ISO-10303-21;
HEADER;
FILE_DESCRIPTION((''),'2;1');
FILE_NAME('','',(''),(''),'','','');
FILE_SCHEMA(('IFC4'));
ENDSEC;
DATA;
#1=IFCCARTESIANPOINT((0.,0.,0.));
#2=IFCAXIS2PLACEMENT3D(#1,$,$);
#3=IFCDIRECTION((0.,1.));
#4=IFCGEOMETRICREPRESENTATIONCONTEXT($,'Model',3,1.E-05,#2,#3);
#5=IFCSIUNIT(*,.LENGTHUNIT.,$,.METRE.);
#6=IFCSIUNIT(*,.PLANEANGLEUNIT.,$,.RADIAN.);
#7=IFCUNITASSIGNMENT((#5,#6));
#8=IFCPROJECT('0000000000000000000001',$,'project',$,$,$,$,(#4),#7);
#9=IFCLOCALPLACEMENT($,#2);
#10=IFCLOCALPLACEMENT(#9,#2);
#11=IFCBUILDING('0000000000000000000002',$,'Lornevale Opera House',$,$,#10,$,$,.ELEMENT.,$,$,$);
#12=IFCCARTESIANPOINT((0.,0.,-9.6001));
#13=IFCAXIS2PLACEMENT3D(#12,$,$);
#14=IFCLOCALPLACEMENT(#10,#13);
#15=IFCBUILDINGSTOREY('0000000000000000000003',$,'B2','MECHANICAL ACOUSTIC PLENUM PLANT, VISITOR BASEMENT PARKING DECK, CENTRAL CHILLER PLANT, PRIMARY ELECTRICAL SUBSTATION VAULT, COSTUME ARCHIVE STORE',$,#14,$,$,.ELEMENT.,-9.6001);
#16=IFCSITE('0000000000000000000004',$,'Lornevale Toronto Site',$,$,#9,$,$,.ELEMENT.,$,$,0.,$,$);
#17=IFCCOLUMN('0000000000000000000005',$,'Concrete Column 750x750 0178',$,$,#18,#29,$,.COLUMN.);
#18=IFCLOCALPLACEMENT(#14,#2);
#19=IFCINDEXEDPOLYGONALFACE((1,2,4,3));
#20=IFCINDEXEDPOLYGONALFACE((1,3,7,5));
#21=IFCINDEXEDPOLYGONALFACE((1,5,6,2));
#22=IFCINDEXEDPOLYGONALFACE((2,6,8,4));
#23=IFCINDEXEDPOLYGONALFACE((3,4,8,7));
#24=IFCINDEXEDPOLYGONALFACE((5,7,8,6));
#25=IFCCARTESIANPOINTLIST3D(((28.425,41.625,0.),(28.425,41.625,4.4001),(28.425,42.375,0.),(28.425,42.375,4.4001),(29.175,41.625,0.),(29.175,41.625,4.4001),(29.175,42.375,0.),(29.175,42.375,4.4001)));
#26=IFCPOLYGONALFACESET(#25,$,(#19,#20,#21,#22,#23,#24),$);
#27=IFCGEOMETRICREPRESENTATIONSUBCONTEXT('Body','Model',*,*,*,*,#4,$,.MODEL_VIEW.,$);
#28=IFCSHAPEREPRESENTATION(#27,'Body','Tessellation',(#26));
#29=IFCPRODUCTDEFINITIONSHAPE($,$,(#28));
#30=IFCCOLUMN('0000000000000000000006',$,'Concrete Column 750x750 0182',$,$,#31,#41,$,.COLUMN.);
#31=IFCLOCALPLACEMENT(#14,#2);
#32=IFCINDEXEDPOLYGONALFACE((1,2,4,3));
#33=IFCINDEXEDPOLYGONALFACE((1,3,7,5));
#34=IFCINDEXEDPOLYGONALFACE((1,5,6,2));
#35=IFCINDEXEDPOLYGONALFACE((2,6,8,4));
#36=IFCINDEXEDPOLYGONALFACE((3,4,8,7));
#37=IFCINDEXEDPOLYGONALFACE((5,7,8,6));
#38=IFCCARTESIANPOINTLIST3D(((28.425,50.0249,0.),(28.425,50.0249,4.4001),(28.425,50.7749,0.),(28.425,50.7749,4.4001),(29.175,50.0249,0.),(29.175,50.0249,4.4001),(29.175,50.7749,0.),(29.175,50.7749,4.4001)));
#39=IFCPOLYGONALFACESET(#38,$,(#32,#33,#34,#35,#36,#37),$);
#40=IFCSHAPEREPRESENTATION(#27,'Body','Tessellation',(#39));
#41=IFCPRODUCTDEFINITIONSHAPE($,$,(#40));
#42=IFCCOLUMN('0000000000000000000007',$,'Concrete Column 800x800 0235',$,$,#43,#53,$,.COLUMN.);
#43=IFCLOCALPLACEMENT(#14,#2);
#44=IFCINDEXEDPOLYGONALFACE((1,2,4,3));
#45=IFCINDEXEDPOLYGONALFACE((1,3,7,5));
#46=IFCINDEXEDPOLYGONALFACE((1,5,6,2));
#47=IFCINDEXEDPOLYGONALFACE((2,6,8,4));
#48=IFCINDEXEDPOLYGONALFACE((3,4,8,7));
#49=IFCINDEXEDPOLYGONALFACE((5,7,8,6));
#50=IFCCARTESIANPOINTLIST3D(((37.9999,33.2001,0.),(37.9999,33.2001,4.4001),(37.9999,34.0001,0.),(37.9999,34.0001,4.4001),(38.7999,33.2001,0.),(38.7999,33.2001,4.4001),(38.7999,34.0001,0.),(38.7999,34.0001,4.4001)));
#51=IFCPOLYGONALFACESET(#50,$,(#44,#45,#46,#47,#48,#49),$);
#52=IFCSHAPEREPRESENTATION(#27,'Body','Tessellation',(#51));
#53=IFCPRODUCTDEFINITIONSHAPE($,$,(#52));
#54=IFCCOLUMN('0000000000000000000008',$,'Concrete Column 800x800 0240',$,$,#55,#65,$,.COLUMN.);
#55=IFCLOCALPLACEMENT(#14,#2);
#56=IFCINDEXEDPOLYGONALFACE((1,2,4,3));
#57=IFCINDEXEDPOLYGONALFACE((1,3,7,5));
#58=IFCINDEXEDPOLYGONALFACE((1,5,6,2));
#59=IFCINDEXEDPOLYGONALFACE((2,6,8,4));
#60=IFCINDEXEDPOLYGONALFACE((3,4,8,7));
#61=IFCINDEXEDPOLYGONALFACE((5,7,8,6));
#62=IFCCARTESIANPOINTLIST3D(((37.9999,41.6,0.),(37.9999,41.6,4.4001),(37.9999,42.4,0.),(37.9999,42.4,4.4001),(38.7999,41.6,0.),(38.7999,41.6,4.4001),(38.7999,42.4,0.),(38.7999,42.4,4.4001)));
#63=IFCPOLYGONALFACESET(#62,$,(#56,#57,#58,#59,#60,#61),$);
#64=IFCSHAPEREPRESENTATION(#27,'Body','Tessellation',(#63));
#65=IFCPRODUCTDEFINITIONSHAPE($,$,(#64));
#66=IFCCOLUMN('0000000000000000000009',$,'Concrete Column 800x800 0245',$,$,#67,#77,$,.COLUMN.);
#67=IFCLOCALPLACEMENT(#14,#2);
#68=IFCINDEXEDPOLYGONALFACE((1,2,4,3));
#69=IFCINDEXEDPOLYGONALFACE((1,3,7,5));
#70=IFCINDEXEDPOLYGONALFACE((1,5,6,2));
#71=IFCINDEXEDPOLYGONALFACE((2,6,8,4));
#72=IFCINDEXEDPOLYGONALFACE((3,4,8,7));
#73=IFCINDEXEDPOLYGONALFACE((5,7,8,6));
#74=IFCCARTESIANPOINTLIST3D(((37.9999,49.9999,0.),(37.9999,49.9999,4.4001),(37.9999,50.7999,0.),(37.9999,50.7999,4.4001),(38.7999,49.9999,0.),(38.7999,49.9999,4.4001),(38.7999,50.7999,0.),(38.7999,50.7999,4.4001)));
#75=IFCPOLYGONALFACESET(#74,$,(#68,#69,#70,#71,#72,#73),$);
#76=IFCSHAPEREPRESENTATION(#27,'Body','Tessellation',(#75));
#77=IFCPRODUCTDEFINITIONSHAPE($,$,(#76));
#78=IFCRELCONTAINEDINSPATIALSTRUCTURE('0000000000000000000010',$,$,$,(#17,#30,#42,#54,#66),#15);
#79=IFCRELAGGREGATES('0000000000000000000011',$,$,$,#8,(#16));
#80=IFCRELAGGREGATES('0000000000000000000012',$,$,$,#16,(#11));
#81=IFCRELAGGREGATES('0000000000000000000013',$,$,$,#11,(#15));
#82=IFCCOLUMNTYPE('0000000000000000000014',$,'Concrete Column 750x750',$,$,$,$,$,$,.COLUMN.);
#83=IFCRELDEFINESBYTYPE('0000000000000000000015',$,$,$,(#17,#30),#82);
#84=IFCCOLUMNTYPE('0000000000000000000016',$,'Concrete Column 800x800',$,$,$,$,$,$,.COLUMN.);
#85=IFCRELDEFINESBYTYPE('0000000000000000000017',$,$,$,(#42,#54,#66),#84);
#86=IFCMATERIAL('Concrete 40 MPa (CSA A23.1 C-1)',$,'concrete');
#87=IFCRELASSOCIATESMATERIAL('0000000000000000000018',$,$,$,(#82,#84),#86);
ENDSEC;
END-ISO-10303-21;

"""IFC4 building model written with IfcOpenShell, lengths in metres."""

from ifc_helpers import new_model, si_unit, direction, frame, origin, origin_2d, place, context, subcontext, project, spatial, rectangle, extrude, material, material_profile, profile_set, type_object, element, save


model = new_model("IFC4")

# Units and contexts
model_context = context("Model", 3, precision=1e-05, world=origin(), true_north=direction((0.0, 1.0)))
body_context = subcontext(model_context, "Body", "Model", "MODEL_VIEW")
ifc_project = project(units=[si_unit("LENGTHUNIT", "METRE"), si_unit("PLANEANGLEUNIT", "RADIAN")], contexts=[model_context])

# Site, building, storey
site_placement = place(None, origin())
site = spatial("IfcSite", under=ifc_project, at=site_placement, Name="Lornevale Toronto Site", CompositionType="ELEMENT", RefElevation=0.0)
building_placement = place(site_placement, origin())
building = spatial("IfcBuilding", under=site, at=building_placement, Name="Lornevale Opera House", CompositionType="ELEMENT")
storey_placement = place(building_placement, frame((0.0, 0.0, -9.6001)))
storey = spatial("IfcBuildingStorey", under=building, at=storey_placement, Name="B2", Description="MECHANICAL ACOUSTIC PLENUM PLANT, VISITOR BASEMENT PARKING DECK, CENTRAL CHILLER PLANT, PRIMARY ELECTRICAL SUBSTATION VAULT, COSTUME ARCHIVE STORE", CompositionType="ELEMENT", Elevation=-9.6001)

# Shared definitions
ifc_material_1 = material(Name="Concrete 40 MPa (CSA A23.1 C-1)", Category="concrete")

# Columns
ifc_material_profile_1 = material_profile(ifc_material_1, rectangle(XDim=0.75, YDim=0.75, at=origin_2d()), Name="RC750x750")
ifc_profile_set_1 = profile_set([ifc_material_profile_1], Name="Concrete 40 MPa (CSA A23.1 C-1)")
column_type_1 = type_object("IfcColumnType", Name="Concrete Column 750x750", PredefinedType="COLUMN", material=ifc_profile_set_1)
for number, where, z_axis, x_axis, name in (
    (1, (28.8, 42.0, 0.0), (0.0, 0.0, 1.0), (1.0, 0.0, 0.0), "Concrete Column 750x750 0178"),
    (2, (28.8, 50.3999, 0.0), (0.0, 0.0, 1.0), (1.0, 0.0, 0.0), "Concrete Column 750x750 0182"),
):
    element("IfcColumn", number, at=place(storey_placement, frame(where, z_axis=z_axis, x_axis=x_axis)), inside=storey, type_object=column_type_1, Name=name, PredefinedType="COLUMN", context=body_context, shape_type="SweptSolid", body=[
        extrude(rectangle(XDim=0.75, YDim=0.75, at=origin_2d()), origin(), (0.0, 0.0, 1.0), 4.4001),
    ])
ifc_material_profile_2 = material_profile(ifc_material_1, rectangle(XDim=0.8, YDim=0.8, at=origin_2d()), Name="RC800x800")
ifc_profile_set_2 = profile_set([ifc_material_profile_2], Name="Concrete 40 MPa (CSA A23.1 C-1)")
column_type_2 = type_object("IfcColumnType", Name="Concrete Column 800x800", PredefinedType="COLUMN", material=ifc_profile_set_2)
for number, where, z_axis, x_axis, name in (
    (3, (38.3999, 33.6001, 0.0), (0.0, 0.0, 1.0), (1.0, 0.0, 0.0), "Concrete Column 800x800 0235"),
    (4, (38.3999, 42.0, 0.0), (0.0, 0.0, 1.0), (1.0, 0.0, 0.0), "Concrete Column 800x800 0240"),
    (5, (38.3999, 50.3999, 0.0), (0.0, 0.0, 1.0), (1.0, 0.0, 0.0), "Concrete Column 800x800 0245"),
):
    element("IfcColumn", number, at=place(storey_placement, frame(where, z_axis=z_axis, x_axis=x_axis)), inside=storey, type_object=column_type_2, Name=name, PredefinedType="COLUMN", context=body_context, shape_type="SweptSolid", body=[
        extrude(rectangle(XDim=0.8, YDim=0.8, at=origin_2d()), origin(), (0.0, 0.0, 1.0), 4.4001),
    ])

save(model, "model.ifc")
